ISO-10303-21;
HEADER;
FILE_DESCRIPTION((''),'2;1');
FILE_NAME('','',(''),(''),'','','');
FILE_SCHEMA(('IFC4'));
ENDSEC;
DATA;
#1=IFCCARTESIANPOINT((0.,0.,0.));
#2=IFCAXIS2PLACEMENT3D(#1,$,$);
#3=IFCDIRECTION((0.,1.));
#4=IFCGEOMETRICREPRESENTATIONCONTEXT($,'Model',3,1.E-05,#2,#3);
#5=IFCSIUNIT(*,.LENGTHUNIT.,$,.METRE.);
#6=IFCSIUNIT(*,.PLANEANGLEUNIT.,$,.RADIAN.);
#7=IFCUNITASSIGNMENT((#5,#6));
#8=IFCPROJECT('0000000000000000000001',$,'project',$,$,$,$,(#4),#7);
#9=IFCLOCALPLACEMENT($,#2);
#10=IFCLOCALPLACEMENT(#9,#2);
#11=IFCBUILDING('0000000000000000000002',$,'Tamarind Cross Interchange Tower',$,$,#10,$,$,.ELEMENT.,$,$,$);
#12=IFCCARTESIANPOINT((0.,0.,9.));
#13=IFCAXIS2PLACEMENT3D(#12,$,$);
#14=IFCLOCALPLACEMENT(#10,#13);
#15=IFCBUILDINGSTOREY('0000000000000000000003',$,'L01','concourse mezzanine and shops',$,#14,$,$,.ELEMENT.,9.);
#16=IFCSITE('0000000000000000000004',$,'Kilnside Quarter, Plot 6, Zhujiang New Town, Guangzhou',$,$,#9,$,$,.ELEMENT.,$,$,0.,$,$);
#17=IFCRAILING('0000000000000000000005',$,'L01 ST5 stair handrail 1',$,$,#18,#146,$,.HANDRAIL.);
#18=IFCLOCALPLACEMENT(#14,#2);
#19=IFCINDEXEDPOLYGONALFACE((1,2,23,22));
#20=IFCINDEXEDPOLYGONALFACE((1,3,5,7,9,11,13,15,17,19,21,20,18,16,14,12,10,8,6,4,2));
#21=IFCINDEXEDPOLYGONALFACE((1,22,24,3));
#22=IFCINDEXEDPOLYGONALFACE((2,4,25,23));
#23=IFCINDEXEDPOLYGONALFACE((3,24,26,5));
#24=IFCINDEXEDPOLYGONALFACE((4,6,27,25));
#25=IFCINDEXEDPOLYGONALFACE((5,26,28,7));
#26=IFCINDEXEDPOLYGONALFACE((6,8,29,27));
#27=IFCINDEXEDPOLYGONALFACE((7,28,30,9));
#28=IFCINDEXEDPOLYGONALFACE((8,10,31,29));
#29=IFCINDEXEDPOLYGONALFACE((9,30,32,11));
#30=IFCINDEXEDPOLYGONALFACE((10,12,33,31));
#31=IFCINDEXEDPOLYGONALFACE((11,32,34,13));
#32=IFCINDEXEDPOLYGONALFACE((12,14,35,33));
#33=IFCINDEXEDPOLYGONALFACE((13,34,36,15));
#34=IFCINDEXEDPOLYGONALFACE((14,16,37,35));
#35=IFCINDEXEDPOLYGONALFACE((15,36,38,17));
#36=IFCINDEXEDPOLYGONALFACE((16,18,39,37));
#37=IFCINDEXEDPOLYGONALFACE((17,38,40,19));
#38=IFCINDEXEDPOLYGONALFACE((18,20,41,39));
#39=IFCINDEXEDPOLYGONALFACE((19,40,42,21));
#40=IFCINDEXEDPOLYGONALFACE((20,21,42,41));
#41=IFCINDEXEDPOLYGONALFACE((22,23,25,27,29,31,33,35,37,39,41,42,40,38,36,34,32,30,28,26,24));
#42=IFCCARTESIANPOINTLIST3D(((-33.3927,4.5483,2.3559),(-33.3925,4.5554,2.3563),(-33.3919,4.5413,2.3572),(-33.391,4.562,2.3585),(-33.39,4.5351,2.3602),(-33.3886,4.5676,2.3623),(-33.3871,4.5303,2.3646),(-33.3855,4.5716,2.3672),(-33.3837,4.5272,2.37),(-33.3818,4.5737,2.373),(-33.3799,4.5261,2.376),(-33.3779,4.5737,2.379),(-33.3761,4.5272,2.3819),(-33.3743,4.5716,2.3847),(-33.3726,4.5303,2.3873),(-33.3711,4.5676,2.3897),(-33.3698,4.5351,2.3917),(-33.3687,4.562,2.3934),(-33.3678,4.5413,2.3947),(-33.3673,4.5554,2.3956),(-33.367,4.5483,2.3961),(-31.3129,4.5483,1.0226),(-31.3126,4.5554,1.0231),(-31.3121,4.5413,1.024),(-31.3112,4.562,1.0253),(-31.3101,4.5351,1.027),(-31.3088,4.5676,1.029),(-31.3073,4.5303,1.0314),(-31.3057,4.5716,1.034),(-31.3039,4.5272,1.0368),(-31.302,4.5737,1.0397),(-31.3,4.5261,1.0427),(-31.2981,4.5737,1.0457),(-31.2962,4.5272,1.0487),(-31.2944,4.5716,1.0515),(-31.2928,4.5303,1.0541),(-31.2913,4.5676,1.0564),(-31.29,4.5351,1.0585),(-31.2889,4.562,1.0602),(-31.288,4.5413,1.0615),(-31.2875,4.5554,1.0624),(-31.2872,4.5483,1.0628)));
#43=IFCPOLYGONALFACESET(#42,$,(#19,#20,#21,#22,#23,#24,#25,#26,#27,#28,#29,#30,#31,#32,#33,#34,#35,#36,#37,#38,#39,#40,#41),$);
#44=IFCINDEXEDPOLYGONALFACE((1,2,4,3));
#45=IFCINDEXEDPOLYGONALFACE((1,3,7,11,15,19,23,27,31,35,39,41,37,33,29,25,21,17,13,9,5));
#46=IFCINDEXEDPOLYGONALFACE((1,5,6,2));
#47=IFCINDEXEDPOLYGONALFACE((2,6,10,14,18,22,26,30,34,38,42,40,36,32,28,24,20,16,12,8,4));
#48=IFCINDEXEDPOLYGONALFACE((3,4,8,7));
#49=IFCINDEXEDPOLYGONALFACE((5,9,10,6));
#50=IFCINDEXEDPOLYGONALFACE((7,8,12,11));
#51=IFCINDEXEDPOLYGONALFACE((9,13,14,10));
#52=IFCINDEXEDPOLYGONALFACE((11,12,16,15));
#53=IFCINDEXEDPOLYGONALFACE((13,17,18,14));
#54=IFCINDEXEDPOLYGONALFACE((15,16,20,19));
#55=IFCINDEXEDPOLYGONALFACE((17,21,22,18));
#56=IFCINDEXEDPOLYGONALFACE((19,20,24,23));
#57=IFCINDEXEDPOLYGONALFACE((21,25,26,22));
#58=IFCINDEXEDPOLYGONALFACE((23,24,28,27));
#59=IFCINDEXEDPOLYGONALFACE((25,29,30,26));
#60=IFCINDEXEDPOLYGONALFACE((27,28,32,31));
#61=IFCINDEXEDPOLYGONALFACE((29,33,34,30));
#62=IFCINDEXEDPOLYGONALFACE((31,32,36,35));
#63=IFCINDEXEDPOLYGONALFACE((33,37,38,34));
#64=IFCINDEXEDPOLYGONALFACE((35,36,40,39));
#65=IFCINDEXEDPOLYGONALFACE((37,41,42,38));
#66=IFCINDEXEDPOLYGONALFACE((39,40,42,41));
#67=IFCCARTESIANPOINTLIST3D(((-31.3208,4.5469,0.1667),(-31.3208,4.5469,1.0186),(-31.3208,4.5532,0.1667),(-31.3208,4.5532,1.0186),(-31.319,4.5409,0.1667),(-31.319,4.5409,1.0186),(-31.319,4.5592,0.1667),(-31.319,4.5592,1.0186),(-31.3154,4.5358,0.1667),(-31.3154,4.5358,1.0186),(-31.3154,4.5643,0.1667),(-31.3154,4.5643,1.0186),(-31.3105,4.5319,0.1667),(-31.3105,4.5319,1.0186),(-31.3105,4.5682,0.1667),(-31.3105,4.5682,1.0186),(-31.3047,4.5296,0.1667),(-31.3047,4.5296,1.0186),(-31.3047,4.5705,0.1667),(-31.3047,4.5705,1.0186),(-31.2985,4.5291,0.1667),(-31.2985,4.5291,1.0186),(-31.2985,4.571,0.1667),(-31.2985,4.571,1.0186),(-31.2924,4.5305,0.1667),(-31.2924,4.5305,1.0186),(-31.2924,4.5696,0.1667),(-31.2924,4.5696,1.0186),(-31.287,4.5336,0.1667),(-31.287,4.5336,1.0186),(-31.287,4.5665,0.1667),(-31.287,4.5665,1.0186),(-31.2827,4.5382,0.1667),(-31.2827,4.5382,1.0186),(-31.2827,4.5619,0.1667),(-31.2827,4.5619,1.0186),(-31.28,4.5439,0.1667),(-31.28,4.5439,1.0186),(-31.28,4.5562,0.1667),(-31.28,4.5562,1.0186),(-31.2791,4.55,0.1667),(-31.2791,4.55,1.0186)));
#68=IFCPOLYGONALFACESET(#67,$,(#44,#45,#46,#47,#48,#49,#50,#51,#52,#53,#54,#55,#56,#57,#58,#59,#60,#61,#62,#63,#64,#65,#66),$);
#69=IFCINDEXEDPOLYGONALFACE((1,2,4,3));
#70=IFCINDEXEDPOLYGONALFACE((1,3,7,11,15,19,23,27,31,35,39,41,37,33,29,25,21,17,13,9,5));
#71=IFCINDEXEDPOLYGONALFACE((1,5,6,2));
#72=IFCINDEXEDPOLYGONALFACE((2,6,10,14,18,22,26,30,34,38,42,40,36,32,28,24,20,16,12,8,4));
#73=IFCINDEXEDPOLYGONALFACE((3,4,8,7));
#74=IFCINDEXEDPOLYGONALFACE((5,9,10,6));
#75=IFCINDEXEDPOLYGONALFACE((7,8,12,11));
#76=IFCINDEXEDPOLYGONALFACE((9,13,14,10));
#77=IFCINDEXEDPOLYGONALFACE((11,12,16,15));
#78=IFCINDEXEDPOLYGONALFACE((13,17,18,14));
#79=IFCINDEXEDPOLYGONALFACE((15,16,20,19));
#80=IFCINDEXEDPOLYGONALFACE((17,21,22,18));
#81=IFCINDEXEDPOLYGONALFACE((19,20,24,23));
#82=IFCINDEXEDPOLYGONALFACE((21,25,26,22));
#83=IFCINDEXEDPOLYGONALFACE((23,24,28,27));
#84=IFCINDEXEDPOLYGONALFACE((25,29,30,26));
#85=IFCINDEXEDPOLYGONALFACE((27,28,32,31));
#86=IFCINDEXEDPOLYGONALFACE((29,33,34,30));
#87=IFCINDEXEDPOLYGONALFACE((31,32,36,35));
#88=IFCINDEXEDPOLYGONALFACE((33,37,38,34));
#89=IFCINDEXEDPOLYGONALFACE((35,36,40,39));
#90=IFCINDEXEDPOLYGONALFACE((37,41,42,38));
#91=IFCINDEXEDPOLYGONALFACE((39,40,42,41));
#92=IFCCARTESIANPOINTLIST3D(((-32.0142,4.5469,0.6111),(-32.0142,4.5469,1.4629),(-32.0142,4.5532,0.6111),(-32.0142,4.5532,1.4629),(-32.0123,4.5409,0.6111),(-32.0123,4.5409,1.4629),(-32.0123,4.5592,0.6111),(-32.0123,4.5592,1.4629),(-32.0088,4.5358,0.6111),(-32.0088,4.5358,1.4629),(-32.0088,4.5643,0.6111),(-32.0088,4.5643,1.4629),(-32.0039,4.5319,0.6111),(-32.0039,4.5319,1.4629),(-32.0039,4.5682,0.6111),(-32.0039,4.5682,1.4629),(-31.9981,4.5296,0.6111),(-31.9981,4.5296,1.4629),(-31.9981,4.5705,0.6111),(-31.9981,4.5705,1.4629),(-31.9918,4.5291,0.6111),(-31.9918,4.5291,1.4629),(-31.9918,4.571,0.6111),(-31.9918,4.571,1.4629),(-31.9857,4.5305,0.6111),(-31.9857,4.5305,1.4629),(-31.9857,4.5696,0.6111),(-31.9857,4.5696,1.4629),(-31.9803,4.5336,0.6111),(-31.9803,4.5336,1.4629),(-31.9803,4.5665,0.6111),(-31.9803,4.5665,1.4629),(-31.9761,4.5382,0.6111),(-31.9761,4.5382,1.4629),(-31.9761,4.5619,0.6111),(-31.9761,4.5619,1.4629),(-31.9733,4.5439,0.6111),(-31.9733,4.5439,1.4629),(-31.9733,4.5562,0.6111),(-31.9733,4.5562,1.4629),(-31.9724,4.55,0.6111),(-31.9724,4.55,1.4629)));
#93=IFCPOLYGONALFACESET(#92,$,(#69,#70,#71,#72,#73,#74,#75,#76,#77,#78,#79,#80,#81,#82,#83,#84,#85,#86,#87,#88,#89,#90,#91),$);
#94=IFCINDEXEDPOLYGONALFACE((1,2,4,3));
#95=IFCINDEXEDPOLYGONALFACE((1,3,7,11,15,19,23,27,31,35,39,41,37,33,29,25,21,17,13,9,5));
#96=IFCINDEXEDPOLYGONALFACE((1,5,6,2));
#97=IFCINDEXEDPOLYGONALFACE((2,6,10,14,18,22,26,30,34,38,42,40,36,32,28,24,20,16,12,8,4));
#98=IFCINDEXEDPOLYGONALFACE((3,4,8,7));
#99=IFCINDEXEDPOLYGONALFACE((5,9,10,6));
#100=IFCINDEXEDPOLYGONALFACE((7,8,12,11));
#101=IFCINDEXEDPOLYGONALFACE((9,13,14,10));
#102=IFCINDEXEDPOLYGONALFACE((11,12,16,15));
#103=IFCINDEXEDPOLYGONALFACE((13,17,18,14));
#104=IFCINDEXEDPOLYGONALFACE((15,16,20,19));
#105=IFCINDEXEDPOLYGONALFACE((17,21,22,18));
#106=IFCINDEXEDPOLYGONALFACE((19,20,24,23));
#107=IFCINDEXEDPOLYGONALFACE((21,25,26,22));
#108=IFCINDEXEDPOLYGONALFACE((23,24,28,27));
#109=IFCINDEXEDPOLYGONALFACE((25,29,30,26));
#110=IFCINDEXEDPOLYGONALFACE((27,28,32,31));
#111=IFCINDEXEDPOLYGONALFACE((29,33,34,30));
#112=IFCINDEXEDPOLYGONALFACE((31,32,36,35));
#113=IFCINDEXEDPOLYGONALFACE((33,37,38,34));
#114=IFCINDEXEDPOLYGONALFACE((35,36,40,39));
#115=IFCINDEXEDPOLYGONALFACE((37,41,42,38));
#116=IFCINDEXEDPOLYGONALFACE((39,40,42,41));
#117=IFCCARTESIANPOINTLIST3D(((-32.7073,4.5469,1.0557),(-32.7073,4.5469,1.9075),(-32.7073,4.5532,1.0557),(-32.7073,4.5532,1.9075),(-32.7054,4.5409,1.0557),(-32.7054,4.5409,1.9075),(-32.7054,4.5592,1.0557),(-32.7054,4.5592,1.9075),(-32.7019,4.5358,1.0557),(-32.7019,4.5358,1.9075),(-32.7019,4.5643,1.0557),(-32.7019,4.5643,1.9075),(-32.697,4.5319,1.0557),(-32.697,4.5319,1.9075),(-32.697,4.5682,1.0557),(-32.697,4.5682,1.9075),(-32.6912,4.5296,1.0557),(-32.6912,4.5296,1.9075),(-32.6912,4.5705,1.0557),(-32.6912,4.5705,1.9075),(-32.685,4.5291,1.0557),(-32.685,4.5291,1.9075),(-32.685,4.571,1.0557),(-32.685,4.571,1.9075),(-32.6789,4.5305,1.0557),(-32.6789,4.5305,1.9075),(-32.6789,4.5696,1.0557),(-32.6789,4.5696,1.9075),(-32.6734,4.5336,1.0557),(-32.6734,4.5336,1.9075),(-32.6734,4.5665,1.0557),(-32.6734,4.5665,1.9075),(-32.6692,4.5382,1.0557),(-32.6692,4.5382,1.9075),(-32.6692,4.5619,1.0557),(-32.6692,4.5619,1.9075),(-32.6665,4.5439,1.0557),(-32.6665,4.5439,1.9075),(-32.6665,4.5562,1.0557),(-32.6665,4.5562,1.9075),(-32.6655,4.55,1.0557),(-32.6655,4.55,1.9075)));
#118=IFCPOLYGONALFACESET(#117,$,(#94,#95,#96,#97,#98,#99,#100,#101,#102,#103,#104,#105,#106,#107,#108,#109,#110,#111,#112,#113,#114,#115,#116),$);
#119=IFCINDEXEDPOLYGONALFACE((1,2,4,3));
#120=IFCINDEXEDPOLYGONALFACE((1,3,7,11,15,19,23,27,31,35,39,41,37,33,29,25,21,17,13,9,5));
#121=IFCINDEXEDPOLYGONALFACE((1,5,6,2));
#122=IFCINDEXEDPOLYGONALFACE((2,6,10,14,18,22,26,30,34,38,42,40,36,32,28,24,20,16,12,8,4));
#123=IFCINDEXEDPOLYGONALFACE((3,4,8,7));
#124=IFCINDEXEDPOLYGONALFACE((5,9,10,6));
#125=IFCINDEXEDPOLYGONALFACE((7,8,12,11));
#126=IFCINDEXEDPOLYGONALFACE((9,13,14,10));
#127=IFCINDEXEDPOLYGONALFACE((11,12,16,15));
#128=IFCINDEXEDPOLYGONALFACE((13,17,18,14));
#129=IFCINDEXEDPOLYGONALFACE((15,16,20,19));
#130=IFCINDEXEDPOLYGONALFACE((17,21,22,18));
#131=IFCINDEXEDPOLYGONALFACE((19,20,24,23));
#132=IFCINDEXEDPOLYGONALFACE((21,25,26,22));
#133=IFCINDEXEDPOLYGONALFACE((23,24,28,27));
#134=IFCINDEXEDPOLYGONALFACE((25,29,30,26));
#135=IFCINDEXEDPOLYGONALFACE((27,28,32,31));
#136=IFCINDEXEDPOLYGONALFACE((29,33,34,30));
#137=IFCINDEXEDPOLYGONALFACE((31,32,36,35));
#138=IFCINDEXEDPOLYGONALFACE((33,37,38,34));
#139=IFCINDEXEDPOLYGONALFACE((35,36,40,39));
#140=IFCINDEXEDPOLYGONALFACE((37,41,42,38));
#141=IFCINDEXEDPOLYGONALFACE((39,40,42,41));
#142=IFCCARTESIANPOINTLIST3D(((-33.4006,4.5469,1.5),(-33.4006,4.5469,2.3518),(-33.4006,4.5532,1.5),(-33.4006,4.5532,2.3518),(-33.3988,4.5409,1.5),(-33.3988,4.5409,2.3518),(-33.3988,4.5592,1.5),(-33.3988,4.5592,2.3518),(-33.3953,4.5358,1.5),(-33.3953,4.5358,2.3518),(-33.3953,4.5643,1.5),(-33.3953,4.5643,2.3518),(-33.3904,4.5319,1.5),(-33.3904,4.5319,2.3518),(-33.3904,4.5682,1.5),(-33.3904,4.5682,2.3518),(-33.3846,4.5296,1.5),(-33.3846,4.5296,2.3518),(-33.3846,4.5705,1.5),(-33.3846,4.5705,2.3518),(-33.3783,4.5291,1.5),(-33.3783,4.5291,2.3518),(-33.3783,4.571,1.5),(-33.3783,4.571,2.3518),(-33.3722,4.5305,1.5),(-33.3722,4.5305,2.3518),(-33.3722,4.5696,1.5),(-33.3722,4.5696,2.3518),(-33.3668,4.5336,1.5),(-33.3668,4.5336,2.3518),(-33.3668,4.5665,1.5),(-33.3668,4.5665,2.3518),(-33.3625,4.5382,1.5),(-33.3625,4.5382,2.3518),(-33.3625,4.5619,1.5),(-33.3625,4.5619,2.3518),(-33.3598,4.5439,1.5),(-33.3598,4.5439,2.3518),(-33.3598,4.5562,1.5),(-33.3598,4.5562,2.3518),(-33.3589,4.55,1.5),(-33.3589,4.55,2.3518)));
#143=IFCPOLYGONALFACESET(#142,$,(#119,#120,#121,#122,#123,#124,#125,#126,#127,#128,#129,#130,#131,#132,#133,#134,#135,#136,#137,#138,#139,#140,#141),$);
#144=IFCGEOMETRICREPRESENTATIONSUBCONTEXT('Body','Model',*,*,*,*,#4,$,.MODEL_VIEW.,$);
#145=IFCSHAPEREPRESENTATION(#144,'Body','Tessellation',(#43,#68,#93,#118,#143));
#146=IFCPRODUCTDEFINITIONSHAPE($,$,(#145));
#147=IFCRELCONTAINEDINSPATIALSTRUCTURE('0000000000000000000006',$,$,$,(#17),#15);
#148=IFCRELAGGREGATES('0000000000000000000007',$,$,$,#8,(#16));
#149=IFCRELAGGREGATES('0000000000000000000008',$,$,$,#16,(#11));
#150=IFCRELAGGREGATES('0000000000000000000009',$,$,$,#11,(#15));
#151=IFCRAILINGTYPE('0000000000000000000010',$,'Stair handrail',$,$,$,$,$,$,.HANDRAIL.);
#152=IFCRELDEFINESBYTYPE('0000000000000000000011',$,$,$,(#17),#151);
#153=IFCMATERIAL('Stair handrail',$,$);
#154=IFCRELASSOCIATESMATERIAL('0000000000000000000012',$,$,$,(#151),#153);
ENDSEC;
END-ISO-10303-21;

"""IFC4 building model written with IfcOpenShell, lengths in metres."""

from ifc_helpers import new_model, si_unit, direction, frame, origin, origin_2d, place, context, subcontext, project, spatial, circle, extrude, material, type_object, element, save


model = new_model("IFC4")

# Units and contexts
model_context = context("Model", 3, precision=1e-05, world=origin(), true_north=direction((0.0, 1.0)))
body_context = subcontext(model_context, "Body", "Model", "MODEL_VIEW")
ifc_project = project(units=[si_unit("LENGTHUNIT", "METRE"), si_unit("PLANEANGLEUNIT", "RADIAN")], contexts=[model_context])

# Site, building, storey
site_placement = place(None, origin())
site = spatial("IfcSite", under=ifc_project, at=site_placement, Name="Kilnside Quarter, Plot 6, Zhujiang New Town, Guangzhou", CompositionType="ELEMENT", RefElevation=0.0)
building_placement = place(site_placement, origin())
building = spatial("IfcBuilding", under=site, at=building_placement, Name="Tamarind Cross Interchange Tower", CompositionType="ELEMENT")
storey_placement = place(building_placement, frame((0.0, 0.0, 9.0)))
storey = spatial("IfcBuildingStorey", under=building, at=storey_placement, Name="L01", Description="concourse mezzanine and shops", CompositionType="ELEMENT", Elevation=9.0)

# Railing
ifc_material_1 = material(Name="Stair handrail")
railing_type_1 = type_object("IfcRailingType", Name="Stair handrail", PredefinedType="HANDRAIL", material=ifc_material_1)
for number, where, name in (
    (1, (-31.3, 4.55, 0.1667), "L01 ST5 stair handrail 1"),
):
    element("IfcRailing", number, at=place(storey_placement, frame(where)), inside=storey, type_object=railing_type_1, Name=name, PredefinedType="HANDRAIL", context=body_context, shape_type="SweptSolid", body=[
        extrude(circle(Radius=0.0239, at=origin_2d()), frame((0.0, 0.0, 0.876), z_axis=(-0.841875, 0.0, 0.539673), x_axis=(0.0, -1.0, 0.0)), (0.0, 0.0, 1.0), 2.4705),
        extrude(circle(Radius=0.021, at=origin_2d()), origin(), (0.0, 0.0, 1.0), 0.8518),
        extrude(circle(Radius=0.021, at=origin_2d()), frame((-0.6934, 0.0, 0.4443)), (0.0, 0.0, 1.0), 0.8518),
        extrude(circle(Radius=0.021, at=origin_2d()), frame((-1.3865, 0.0, 0.8889)), (0.0, 0.0, 1.0), 0.8518),
        extrude(circle(Radius=0.021, at=origin_2d()), frame((-2.0798, 0.0, 1.3333)), (0.0, 0.0, 1.0), 0.8518),
    ])

save(model, "model.ifc")
